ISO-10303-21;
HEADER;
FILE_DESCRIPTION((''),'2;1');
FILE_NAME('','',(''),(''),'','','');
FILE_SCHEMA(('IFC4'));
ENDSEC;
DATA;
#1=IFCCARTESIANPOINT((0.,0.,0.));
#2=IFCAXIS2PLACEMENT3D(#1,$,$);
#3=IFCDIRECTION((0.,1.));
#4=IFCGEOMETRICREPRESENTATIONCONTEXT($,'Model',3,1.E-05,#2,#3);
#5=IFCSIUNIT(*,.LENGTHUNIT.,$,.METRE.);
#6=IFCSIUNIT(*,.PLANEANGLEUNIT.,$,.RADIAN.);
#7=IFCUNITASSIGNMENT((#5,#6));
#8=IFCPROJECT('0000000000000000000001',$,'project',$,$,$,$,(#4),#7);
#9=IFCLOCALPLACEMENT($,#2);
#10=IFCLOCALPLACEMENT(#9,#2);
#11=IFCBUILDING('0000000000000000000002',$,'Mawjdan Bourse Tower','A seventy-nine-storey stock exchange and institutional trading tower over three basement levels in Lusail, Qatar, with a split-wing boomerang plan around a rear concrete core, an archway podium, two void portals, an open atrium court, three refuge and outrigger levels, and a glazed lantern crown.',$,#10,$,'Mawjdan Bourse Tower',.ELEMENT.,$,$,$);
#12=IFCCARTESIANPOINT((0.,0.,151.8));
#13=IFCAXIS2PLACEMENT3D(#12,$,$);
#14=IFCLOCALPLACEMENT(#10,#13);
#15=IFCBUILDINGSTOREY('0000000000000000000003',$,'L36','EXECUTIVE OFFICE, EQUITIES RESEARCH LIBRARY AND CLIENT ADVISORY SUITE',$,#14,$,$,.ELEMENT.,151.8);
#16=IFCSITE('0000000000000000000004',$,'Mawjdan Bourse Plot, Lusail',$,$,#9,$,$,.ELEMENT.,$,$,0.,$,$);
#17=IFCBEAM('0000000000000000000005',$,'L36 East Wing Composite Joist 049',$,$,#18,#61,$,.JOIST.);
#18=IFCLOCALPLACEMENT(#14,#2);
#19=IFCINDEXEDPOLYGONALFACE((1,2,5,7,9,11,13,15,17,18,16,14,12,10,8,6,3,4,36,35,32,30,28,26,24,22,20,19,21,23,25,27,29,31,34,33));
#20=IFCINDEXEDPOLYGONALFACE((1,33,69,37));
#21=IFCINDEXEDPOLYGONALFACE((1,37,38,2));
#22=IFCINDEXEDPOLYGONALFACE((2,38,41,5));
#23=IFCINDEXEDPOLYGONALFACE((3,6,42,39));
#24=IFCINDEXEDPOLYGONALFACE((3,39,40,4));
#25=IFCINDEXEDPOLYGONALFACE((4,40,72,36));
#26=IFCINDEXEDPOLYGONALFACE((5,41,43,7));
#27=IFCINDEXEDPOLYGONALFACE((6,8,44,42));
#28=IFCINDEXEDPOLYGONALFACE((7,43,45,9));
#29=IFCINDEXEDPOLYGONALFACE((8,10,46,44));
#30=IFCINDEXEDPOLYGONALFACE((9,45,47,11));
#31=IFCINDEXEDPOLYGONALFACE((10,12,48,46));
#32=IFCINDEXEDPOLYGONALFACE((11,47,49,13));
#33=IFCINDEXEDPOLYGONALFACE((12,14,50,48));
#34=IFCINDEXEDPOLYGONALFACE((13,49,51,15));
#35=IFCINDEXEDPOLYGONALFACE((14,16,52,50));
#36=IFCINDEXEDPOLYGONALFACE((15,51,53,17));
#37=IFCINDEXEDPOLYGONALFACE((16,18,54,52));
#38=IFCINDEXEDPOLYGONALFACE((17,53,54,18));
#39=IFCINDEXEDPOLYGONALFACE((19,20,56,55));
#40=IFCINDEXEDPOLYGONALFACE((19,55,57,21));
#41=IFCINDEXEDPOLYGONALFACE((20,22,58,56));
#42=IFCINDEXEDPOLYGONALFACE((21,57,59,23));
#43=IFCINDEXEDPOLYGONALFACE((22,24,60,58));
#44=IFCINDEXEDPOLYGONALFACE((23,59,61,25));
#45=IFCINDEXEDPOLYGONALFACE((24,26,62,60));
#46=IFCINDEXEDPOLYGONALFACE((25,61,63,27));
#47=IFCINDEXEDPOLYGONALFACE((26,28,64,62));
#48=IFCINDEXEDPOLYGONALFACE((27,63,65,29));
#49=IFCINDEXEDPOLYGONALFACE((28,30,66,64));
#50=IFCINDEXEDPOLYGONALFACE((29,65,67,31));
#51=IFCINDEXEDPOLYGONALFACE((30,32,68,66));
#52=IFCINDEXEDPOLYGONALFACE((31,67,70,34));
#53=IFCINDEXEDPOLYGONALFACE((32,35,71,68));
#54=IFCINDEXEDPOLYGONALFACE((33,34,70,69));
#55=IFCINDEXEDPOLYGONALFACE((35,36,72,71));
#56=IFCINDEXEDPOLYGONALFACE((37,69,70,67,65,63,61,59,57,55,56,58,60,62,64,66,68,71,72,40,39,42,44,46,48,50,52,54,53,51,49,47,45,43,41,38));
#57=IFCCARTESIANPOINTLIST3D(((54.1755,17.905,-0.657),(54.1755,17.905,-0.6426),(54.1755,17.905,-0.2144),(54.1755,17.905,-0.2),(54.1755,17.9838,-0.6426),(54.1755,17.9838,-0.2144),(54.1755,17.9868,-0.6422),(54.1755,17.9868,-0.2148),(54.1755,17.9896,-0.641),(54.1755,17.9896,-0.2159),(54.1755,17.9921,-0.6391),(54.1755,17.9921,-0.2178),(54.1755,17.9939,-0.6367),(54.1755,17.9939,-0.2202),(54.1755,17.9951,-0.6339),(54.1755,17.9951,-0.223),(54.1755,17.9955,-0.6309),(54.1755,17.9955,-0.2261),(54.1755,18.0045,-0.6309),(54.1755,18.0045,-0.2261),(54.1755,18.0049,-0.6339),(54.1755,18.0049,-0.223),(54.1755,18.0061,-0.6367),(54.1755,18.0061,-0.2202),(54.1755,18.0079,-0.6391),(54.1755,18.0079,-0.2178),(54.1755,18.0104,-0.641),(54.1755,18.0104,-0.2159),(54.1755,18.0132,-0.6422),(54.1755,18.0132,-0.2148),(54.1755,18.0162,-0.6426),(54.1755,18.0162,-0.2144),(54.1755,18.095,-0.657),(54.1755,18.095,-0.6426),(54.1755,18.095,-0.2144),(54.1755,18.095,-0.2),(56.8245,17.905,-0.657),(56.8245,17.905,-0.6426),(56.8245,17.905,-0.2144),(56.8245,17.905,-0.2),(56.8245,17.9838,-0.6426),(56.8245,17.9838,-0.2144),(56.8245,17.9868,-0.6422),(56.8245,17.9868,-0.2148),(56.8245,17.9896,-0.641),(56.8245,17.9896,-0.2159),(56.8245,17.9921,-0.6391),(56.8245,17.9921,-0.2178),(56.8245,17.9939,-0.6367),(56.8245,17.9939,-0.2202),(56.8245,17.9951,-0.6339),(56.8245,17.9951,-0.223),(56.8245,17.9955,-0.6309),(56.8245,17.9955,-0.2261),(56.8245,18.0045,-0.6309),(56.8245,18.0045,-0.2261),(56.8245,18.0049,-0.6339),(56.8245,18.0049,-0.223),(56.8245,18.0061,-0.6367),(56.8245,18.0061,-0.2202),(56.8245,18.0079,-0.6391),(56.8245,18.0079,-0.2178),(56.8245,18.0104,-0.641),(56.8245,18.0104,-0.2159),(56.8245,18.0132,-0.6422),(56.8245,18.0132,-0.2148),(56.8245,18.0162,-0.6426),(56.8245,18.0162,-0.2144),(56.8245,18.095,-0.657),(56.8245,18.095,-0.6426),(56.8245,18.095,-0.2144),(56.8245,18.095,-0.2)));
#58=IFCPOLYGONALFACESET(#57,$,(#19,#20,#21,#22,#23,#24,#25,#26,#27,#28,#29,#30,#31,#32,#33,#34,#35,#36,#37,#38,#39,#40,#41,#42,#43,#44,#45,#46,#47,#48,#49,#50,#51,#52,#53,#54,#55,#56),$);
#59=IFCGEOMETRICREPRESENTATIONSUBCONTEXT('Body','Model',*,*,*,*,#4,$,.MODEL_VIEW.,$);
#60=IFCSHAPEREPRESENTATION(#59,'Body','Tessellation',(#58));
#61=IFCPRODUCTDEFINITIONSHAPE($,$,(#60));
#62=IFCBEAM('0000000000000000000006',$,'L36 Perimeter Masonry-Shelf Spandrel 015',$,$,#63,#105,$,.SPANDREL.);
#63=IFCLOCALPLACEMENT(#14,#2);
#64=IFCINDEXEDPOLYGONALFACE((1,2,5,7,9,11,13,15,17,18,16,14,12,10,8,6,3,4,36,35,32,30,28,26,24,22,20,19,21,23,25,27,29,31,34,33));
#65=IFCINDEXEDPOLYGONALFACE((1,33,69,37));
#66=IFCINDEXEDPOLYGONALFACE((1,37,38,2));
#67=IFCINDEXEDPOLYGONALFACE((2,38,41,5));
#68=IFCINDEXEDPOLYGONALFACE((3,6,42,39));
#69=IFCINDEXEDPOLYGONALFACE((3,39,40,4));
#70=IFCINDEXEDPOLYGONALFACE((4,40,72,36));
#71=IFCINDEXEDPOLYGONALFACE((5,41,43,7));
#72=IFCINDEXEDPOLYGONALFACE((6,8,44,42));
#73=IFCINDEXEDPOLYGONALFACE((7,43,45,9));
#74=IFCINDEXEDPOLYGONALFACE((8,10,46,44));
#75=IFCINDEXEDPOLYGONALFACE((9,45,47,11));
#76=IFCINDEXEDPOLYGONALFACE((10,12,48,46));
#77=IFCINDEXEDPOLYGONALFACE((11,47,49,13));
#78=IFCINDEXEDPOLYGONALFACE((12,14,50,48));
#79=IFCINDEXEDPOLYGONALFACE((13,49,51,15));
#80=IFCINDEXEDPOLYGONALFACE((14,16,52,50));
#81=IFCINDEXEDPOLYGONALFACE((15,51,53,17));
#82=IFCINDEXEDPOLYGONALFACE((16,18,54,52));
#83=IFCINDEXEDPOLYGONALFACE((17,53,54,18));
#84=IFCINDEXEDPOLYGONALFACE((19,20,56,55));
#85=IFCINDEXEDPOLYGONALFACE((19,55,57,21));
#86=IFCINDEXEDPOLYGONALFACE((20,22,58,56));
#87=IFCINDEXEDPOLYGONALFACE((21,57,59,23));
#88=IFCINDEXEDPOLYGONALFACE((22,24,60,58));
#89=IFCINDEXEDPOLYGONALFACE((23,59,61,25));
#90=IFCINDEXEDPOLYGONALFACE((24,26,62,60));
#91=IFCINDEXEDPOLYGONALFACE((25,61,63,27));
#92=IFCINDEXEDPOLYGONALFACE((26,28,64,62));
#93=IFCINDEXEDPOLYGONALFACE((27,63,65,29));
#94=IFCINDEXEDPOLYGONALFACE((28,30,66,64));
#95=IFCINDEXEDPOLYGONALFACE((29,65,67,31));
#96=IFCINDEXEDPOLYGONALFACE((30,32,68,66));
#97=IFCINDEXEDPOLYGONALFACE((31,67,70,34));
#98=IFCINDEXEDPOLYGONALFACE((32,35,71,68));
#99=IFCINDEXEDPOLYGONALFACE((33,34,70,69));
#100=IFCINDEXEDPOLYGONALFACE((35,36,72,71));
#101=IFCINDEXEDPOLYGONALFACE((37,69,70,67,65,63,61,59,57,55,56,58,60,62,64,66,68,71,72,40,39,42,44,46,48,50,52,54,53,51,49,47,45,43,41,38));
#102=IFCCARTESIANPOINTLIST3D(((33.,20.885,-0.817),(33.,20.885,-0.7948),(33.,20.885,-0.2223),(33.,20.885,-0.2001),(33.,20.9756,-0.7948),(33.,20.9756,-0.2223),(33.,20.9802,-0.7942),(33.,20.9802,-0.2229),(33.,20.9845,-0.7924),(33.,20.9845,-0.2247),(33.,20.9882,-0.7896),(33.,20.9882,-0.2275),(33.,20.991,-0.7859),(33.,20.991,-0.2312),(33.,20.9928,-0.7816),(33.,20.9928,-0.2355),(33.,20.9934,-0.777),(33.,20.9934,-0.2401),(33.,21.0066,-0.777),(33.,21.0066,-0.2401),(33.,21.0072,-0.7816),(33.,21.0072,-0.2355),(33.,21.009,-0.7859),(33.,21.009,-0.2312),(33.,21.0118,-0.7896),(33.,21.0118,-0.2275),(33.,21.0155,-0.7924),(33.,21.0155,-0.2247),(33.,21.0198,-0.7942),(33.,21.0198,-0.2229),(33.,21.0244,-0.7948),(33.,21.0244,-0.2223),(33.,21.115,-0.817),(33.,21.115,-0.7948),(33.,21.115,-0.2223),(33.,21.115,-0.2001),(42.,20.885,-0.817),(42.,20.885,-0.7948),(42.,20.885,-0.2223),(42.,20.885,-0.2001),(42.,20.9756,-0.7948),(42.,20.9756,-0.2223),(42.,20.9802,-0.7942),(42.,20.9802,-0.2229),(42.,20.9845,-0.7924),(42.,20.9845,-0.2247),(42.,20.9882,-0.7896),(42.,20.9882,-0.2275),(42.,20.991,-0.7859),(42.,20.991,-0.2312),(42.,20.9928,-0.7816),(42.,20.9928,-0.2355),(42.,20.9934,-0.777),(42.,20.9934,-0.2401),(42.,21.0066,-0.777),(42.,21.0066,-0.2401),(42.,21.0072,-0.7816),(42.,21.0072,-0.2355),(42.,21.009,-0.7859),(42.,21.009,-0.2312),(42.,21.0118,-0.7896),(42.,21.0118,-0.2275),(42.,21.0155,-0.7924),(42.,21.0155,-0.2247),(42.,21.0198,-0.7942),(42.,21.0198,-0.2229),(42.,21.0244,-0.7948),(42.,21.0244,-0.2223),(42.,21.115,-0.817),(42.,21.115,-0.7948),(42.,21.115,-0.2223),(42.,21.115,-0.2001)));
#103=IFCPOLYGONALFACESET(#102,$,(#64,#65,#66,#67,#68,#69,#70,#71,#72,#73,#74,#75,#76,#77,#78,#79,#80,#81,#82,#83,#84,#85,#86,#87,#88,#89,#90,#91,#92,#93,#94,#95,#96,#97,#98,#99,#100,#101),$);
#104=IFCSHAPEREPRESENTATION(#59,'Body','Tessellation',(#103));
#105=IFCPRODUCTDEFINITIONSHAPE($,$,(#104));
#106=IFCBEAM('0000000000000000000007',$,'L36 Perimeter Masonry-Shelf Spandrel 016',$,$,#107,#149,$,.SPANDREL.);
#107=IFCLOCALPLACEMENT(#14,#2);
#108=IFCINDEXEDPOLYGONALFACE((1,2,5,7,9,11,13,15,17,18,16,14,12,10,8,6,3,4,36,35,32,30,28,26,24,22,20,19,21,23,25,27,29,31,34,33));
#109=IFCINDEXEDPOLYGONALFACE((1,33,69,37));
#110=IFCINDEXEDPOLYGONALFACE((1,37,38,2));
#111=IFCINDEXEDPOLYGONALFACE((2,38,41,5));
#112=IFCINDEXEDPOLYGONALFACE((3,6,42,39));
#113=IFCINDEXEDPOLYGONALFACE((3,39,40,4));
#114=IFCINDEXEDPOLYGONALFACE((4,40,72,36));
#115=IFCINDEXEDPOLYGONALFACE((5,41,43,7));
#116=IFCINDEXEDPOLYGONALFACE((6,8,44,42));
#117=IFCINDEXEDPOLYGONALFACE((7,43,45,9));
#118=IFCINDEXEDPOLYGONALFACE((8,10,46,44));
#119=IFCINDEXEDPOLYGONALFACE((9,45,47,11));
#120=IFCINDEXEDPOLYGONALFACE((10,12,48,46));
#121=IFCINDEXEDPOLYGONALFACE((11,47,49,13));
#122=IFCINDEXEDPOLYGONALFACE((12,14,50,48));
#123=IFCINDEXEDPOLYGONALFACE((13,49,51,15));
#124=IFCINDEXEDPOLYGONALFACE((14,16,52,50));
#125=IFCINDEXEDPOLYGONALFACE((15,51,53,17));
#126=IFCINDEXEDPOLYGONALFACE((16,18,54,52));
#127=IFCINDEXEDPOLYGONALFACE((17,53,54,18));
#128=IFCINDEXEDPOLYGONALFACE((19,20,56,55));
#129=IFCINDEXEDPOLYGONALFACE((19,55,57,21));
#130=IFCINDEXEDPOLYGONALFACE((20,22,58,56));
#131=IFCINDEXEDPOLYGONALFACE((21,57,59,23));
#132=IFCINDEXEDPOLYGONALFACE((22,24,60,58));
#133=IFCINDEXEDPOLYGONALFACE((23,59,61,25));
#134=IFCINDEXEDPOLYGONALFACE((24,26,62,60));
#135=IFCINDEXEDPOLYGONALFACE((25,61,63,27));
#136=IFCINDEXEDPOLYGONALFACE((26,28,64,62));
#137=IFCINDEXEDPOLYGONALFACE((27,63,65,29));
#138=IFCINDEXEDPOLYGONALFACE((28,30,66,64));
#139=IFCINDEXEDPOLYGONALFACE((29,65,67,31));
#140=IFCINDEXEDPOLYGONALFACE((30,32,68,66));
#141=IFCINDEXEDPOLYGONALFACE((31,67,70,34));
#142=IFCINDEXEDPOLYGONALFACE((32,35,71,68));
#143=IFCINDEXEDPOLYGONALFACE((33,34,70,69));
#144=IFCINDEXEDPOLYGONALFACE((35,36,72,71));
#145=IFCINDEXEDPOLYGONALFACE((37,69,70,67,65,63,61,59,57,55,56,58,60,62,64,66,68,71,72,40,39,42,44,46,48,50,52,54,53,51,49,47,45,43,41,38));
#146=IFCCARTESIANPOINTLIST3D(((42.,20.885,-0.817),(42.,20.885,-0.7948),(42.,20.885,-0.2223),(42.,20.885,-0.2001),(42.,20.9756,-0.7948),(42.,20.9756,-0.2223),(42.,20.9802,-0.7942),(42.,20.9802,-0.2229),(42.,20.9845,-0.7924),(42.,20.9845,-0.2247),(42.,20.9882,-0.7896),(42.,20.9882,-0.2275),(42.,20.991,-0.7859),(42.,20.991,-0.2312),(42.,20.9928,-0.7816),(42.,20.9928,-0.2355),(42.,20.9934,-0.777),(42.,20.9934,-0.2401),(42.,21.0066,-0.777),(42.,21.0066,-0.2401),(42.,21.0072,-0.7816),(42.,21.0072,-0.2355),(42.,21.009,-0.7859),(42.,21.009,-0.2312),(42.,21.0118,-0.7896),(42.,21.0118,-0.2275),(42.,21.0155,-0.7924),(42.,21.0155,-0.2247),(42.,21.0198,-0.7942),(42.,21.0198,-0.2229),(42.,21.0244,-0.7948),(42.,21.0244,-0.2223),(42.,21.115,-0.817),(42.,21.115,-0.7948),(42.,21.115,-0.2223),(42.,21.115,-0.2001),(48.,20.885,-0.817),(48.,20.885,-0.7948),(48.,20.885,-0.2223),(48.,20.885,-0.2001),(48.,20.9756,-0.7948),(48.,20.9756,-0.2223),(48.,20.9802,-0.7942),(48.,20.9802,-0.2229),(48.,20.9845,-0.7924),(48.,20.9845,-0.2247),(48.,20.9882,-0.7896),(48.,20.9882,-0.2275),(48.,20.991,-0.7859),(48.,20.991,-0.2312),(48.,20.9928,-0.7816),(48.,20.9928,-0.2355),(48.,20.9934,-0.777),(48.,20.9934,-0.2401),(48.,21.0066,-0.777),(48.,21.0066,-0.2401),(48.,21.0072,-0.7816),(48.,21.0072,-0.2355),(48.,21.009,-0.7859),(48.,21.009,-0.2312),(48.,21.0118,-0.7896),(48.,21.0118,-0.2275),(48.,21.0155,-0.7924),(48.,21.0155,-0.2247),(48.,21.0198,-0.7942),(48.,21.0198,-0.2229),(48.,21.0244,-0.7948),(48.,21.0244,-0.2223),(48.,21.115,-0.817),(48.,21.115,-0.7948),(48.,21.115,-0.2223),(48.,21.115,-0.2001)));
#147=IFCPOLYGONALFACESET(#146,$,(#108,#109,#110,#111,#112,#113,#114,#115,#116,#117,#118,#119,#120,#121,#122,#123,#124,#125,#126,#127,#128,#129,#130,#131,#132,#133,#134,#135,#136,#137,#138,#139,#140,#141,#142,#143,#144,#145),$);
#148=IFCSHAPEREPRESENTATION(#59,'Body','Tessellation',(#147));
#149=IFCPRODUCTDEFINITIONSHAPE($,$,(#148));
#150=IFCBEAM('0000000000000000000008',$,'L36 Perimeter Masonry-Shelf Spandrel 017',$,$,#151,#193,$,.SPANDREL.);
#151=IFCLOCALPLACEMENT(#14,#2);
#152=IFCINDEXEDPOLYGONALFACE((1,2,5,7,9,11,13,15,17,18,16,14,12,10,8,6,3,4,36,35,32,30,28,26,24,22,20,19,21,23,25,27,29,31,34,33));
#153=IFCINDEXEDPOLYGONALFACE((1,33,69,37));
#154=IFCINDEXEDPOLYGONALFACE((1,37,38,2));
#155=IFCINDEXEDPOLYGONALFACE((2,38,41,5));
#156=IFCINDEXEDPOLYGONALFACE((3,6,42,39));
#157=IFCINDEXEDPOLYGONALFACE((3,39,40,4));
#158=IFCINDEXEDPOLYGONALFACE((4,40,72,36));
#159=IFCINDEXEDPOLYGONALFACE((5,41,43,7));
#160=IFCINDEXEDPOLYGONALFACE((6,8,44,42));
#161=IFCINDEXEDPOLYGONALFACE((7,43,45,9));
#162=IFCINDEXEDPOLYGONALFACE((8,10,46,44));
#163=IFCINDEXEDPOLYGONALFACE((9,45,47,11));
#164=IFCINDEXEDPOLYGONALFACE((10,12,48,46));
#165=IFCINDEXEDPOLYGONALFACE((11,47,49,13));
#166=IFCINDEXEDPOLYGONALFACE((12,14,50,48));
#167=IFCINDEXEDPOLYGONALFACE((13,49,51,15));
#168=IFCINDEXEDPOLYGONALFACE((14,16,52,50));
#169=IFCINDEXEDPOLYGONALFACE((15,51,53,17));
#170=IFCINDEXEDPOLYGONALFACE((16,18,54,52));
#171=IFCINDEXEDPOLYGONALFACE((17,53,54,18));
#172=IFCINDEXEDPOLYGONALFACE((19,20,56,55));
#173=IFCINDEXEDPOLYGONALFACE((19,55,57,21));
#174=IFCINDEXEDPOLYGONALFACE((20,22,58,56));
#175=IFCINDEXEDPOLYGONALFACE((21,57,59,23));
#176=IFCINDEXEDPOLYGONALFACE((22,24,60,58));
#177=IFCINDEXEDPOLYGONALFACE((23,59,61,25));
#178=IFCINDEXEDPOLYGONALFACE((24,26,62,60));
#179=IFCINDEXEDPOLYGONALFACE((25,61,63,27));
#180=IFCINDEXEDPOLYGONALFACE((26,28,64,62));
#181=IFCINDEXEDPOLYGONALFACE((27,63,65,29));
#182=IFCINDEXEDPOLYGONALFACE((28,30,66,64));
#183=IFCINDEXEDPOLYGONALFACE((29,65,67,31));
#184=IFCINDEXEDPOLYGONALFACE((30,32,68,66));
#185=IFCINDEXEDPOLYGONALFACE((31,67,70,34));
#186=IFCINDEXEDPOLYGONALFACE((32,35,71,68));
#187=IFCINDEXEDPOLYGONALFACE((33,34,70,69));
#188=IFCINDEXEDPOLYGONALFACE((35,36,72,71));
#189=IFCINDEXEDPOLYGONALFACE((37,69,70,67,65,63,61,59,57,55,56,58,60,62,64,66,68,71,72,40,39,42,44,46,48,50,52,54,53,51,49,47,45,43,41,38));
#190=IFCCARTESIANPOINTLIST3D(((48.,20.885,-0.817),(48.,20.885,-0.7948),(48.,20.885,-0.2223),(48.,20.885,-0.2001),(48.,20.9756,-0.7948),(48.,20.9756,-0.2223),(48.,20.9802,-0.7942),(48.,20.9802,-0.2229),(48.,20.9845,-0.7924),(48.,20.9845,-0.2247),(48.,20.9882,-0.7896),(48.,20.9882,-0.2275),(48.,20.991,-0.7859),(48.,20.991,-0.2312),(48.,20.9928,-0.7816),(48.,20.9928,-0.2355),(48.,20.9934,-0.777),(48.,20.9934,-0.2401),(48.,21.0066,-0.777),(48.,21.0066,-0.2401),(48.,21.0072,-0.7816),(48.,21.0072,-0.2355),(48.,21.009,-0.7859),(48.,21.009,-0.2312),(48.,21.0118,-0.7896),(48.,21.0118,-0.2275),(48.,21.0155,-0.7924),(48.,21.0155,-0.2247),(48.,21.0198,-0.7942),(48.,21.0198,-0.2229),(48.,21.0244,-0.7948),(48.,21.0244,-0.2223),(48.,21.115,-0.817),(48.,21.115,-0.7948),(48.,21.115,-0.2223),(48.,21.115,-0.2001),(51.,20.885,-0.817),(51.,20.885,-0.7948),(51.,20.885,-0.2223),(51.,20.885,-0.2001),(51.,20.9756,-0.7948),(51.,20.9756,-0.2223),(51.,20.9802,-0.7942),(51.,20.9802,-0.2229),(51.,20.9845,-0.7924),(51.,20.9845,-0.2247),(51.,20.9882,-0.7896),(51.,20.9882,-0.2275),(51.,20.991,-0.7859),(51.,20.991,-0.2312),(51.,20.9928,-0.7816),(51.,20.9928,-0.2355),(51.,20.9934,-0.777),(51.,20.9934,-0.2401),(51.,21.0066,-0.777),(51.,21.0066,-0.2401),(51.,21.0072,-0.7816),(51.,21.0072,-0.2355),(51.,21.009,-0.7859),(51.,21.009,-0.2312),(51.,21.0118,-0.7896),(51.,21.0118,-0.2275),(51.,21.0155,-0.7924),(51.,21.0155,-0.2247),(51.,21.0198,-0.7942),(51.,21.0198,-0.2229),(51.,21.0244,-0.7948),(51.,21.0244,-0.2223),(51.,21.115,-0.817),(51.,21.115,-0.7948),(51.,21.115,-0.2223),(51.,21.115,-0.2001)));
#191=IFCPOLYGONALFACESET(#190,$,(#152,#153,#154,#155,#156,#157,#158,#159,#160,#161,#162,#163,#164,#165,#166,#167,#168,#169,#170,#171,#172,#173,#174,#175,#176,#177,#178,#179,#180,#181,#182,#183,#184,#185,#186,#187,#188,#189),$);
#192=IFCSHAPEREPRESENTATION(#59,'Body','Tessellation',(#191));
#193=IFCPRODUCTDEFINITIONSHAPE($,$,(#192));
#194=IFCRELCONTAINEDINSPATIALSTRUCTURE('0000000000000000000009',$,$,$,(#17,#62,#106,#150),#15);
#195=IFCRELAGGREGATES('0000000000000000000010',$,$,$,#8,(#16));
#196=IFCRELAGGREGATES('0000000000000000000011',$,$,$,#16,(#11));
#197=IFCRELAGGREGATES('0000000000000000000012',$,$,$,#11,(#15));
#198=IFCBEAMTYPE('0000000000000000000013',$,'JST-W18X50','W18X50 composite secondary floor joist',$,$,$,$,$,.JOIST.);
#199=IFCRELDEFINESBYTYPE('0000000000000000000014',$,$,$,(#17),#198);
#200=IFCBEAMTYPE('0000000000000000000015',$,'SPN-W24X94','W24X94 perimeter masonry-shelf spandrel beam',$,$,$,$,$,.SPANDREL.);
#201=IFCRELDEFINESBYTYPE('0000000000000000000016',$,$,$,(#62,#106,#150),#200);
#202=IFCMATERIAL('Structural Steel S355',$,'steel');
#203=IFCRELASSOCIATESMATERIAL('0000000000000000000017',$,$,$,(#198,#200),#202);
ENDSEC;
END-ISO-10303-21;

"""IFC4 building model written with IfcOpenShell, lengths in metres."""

from ifc_helpers import new_model, si_unit, direction, frame, origin, origin_2d, place, context, subcontext, project, spatial, i_section, extrude, material, material_profile, profile_set, type_object, element, save


model = new_model("IFC4")

# Units and contexts
model_context = context("Model", 3, precision=1e-05, world=origin(), true_north=direction((0.0, 1.0)))
body_context = subcontext(model_context, "Body", "Model", "MODEL_VIEW")
ifc_project = project(units=[si_unit("LENGTHUNIT", "METRE"), si_unit("PLANEANGLEUNIT", "RADIAN")], contexts=[model_context])

# Site, building, storey
site_placement = place(None, origin())
site = spatial("IfcSite", under=ifc_project, at=site_placement, Name="Mawjdan Bourse Plot, Lusail", CompositionType="ELEMENT", RefElevation=0.0)
building_placement = place(site_placement, origin())
building = spatial("IfcBuilding", under=site, at=building_placement, Name="Mawjdan Bourse Tower", Description="A seventy-nine-storey stock exchange and institutional trading tower over three basement levels in Lusail, Qatar, with a split-wing boomerang plan around a rear concrete core, an archway podium, two void portals, an open atrium court, three refuge and outrigger levels, and a glazed lantern crown.", LongName="Mawjdan Bourse Tower", CompositionType="ELEMENT")
storey_placement = place(building_placement, frame((0.0, 0.0, 151.8)))
storey = spatial("IfcBuildingStorey", under=building, at=storey_placement, Name="L36", Description="EXECUTIVE OFFICE, EQUITIES RESEARCH LIBRARY AND CLIENT ADVISORY SUITE", CompositionType="ELEMENT", Elevation=151.8)

# Beams
ifc_material_1 = material(Name="Structural Steel S355", Category="steel")
ifc_material_profile_1 = material_profile(ifc_material_1, i_section(OverallWidth=0.1899, OverallDepth=0.457, WebThickness=0.009, FlangeThickness=0.0144, FilletRadius=0.0117, at=origin_2d()), Name="W18X50")
ifc_profile_set_1 = profile_set([ifc_material_profile_1], Name="Structural Steel S355")
beam_type_1 = type_object("IfcBeamType", Name="JST-W18X50", Description="W18X50 composite secondary floor joist", PredefinedType="JOIST", material=ifc_profile_set_1)
for number, where, z_axis, x_axis, name in (
    (1, (54.1755, 18.0, -0.4285), (1.0, 0.0, 0.0), (0.0, 1.0, 0.0), "L36 East Wing Composite Joist 049"),
):
    element("IfcBeam", number, at=place(storey_placement, frame(where, z_axis=z_axis, x_axis=x_axis)), inside=storey, type_object=beam_type_1, Name=name, PredefinedType="JOIST", context=body_context, shape_type="SweptSolid", body=[
        extrude(i_section(OverallWidth=0.1899, OverallDepth=0.457, WebThickness=0.009, FlangeThickness=0.0144, FilletRadius=0.0117, at=origin_2d()), origin(), (0.0, 0.0, 1.0), 2.6489),
    ])
ifc_material_profile_2 = material_profile(ifc_material_1, i_section(OverallWidth=0.23, OverallDepth=0.6169, WebThickness=0.0132, FlangeThickness=0.0222, FilletRadius=0.0178, at=origin_2d()), Name="W24X94")
ifc_profile_set_2 = profile_set([ifc_material_profile_2], Name="Structural Steel S355")
beam_type_2 = type_object("IfcBeamType", Name="SPN-W24X94", Description="W24X94 perimeter masonry-shelf spandrel beam", PredefinedType="SPANDREL", material=ifc_profile_set_2)
beam_1_placement = place(storey_placement, frame((33.0, 21.0, -0.5085), z_axis=(1.0, 0.0, 0.0), x_axis=(0.0, 1.0, 0.0)))
element("IfcBeam", 2, at=beam_1_placement, inside=storey, type_object=beam_type_2, Name="L36 Perimeter Masonry-Shelf Spandrel 015", PredefinedType="SPANDREL", context=body_context, shape_type="SweptSolid", body=[
    extrude(i_section(OverallWidth=0.23, OverallDepth=0.6169, WebThickness=0.0132, FlangeThickness=0.0222, FilletRadius=0.0178, at=origin_2d()), origin(), (0.0, 0.0, 1.0), 9.0),
])
beam_2_placement = place(storey_placement, frame((42.0, 21.0, -0.5085), z_axis=(1.0, 0.0, 0.0), x_axis=(0.0, 1.0, 0.0)))
element("IfcBeam", 3, at=beam_2_placement, inside=storey, type_object=beam_type_2, Name="L36 Perimeter Masonry-Shelf Spandrel 016", PredefinedType="SPANDREL", context=body_context, shape_type="SweptSolid", body=[
    extrude(i_section(OverallWidth=0.23, OverallDepth=0.6169, WebThickness=0.0132, FlangeThickness=0.0222, FilletRadius=0.0178, at=origin_2d()), origin(), (0.0, 0.0, 1.0), 6.0),
])
for number, where, z_axis, x_axis, name in (
    (4, (48.0, 21.0, -0.5085), (1.0, 0.0, 0.0), (0.0, 1.0, 0.0), "L36 Perimeter Masonry-Shelf Spandrel 017"),
):
    element("IfcBeam", number, at=place(storey_placement, frame(where, z_axis=z_axis, x_axis=x_axis)), inside=storey, type_object=beam_type_2, Name=name, PredefinedType="SPANDREL", context=body_context, shape_type="SweptSolid", body=[
        extrude(i_section(OverallWidth=0.23, OverallDepth=0.6169, WebThickness=0.0132, FlangeThickness=0.0222, FilletRadius=0.0178, at=origin_2d()), origin(), (0.0, 0.0, 1.0), 3.0),
    ])

save(model, "model.ifc")
